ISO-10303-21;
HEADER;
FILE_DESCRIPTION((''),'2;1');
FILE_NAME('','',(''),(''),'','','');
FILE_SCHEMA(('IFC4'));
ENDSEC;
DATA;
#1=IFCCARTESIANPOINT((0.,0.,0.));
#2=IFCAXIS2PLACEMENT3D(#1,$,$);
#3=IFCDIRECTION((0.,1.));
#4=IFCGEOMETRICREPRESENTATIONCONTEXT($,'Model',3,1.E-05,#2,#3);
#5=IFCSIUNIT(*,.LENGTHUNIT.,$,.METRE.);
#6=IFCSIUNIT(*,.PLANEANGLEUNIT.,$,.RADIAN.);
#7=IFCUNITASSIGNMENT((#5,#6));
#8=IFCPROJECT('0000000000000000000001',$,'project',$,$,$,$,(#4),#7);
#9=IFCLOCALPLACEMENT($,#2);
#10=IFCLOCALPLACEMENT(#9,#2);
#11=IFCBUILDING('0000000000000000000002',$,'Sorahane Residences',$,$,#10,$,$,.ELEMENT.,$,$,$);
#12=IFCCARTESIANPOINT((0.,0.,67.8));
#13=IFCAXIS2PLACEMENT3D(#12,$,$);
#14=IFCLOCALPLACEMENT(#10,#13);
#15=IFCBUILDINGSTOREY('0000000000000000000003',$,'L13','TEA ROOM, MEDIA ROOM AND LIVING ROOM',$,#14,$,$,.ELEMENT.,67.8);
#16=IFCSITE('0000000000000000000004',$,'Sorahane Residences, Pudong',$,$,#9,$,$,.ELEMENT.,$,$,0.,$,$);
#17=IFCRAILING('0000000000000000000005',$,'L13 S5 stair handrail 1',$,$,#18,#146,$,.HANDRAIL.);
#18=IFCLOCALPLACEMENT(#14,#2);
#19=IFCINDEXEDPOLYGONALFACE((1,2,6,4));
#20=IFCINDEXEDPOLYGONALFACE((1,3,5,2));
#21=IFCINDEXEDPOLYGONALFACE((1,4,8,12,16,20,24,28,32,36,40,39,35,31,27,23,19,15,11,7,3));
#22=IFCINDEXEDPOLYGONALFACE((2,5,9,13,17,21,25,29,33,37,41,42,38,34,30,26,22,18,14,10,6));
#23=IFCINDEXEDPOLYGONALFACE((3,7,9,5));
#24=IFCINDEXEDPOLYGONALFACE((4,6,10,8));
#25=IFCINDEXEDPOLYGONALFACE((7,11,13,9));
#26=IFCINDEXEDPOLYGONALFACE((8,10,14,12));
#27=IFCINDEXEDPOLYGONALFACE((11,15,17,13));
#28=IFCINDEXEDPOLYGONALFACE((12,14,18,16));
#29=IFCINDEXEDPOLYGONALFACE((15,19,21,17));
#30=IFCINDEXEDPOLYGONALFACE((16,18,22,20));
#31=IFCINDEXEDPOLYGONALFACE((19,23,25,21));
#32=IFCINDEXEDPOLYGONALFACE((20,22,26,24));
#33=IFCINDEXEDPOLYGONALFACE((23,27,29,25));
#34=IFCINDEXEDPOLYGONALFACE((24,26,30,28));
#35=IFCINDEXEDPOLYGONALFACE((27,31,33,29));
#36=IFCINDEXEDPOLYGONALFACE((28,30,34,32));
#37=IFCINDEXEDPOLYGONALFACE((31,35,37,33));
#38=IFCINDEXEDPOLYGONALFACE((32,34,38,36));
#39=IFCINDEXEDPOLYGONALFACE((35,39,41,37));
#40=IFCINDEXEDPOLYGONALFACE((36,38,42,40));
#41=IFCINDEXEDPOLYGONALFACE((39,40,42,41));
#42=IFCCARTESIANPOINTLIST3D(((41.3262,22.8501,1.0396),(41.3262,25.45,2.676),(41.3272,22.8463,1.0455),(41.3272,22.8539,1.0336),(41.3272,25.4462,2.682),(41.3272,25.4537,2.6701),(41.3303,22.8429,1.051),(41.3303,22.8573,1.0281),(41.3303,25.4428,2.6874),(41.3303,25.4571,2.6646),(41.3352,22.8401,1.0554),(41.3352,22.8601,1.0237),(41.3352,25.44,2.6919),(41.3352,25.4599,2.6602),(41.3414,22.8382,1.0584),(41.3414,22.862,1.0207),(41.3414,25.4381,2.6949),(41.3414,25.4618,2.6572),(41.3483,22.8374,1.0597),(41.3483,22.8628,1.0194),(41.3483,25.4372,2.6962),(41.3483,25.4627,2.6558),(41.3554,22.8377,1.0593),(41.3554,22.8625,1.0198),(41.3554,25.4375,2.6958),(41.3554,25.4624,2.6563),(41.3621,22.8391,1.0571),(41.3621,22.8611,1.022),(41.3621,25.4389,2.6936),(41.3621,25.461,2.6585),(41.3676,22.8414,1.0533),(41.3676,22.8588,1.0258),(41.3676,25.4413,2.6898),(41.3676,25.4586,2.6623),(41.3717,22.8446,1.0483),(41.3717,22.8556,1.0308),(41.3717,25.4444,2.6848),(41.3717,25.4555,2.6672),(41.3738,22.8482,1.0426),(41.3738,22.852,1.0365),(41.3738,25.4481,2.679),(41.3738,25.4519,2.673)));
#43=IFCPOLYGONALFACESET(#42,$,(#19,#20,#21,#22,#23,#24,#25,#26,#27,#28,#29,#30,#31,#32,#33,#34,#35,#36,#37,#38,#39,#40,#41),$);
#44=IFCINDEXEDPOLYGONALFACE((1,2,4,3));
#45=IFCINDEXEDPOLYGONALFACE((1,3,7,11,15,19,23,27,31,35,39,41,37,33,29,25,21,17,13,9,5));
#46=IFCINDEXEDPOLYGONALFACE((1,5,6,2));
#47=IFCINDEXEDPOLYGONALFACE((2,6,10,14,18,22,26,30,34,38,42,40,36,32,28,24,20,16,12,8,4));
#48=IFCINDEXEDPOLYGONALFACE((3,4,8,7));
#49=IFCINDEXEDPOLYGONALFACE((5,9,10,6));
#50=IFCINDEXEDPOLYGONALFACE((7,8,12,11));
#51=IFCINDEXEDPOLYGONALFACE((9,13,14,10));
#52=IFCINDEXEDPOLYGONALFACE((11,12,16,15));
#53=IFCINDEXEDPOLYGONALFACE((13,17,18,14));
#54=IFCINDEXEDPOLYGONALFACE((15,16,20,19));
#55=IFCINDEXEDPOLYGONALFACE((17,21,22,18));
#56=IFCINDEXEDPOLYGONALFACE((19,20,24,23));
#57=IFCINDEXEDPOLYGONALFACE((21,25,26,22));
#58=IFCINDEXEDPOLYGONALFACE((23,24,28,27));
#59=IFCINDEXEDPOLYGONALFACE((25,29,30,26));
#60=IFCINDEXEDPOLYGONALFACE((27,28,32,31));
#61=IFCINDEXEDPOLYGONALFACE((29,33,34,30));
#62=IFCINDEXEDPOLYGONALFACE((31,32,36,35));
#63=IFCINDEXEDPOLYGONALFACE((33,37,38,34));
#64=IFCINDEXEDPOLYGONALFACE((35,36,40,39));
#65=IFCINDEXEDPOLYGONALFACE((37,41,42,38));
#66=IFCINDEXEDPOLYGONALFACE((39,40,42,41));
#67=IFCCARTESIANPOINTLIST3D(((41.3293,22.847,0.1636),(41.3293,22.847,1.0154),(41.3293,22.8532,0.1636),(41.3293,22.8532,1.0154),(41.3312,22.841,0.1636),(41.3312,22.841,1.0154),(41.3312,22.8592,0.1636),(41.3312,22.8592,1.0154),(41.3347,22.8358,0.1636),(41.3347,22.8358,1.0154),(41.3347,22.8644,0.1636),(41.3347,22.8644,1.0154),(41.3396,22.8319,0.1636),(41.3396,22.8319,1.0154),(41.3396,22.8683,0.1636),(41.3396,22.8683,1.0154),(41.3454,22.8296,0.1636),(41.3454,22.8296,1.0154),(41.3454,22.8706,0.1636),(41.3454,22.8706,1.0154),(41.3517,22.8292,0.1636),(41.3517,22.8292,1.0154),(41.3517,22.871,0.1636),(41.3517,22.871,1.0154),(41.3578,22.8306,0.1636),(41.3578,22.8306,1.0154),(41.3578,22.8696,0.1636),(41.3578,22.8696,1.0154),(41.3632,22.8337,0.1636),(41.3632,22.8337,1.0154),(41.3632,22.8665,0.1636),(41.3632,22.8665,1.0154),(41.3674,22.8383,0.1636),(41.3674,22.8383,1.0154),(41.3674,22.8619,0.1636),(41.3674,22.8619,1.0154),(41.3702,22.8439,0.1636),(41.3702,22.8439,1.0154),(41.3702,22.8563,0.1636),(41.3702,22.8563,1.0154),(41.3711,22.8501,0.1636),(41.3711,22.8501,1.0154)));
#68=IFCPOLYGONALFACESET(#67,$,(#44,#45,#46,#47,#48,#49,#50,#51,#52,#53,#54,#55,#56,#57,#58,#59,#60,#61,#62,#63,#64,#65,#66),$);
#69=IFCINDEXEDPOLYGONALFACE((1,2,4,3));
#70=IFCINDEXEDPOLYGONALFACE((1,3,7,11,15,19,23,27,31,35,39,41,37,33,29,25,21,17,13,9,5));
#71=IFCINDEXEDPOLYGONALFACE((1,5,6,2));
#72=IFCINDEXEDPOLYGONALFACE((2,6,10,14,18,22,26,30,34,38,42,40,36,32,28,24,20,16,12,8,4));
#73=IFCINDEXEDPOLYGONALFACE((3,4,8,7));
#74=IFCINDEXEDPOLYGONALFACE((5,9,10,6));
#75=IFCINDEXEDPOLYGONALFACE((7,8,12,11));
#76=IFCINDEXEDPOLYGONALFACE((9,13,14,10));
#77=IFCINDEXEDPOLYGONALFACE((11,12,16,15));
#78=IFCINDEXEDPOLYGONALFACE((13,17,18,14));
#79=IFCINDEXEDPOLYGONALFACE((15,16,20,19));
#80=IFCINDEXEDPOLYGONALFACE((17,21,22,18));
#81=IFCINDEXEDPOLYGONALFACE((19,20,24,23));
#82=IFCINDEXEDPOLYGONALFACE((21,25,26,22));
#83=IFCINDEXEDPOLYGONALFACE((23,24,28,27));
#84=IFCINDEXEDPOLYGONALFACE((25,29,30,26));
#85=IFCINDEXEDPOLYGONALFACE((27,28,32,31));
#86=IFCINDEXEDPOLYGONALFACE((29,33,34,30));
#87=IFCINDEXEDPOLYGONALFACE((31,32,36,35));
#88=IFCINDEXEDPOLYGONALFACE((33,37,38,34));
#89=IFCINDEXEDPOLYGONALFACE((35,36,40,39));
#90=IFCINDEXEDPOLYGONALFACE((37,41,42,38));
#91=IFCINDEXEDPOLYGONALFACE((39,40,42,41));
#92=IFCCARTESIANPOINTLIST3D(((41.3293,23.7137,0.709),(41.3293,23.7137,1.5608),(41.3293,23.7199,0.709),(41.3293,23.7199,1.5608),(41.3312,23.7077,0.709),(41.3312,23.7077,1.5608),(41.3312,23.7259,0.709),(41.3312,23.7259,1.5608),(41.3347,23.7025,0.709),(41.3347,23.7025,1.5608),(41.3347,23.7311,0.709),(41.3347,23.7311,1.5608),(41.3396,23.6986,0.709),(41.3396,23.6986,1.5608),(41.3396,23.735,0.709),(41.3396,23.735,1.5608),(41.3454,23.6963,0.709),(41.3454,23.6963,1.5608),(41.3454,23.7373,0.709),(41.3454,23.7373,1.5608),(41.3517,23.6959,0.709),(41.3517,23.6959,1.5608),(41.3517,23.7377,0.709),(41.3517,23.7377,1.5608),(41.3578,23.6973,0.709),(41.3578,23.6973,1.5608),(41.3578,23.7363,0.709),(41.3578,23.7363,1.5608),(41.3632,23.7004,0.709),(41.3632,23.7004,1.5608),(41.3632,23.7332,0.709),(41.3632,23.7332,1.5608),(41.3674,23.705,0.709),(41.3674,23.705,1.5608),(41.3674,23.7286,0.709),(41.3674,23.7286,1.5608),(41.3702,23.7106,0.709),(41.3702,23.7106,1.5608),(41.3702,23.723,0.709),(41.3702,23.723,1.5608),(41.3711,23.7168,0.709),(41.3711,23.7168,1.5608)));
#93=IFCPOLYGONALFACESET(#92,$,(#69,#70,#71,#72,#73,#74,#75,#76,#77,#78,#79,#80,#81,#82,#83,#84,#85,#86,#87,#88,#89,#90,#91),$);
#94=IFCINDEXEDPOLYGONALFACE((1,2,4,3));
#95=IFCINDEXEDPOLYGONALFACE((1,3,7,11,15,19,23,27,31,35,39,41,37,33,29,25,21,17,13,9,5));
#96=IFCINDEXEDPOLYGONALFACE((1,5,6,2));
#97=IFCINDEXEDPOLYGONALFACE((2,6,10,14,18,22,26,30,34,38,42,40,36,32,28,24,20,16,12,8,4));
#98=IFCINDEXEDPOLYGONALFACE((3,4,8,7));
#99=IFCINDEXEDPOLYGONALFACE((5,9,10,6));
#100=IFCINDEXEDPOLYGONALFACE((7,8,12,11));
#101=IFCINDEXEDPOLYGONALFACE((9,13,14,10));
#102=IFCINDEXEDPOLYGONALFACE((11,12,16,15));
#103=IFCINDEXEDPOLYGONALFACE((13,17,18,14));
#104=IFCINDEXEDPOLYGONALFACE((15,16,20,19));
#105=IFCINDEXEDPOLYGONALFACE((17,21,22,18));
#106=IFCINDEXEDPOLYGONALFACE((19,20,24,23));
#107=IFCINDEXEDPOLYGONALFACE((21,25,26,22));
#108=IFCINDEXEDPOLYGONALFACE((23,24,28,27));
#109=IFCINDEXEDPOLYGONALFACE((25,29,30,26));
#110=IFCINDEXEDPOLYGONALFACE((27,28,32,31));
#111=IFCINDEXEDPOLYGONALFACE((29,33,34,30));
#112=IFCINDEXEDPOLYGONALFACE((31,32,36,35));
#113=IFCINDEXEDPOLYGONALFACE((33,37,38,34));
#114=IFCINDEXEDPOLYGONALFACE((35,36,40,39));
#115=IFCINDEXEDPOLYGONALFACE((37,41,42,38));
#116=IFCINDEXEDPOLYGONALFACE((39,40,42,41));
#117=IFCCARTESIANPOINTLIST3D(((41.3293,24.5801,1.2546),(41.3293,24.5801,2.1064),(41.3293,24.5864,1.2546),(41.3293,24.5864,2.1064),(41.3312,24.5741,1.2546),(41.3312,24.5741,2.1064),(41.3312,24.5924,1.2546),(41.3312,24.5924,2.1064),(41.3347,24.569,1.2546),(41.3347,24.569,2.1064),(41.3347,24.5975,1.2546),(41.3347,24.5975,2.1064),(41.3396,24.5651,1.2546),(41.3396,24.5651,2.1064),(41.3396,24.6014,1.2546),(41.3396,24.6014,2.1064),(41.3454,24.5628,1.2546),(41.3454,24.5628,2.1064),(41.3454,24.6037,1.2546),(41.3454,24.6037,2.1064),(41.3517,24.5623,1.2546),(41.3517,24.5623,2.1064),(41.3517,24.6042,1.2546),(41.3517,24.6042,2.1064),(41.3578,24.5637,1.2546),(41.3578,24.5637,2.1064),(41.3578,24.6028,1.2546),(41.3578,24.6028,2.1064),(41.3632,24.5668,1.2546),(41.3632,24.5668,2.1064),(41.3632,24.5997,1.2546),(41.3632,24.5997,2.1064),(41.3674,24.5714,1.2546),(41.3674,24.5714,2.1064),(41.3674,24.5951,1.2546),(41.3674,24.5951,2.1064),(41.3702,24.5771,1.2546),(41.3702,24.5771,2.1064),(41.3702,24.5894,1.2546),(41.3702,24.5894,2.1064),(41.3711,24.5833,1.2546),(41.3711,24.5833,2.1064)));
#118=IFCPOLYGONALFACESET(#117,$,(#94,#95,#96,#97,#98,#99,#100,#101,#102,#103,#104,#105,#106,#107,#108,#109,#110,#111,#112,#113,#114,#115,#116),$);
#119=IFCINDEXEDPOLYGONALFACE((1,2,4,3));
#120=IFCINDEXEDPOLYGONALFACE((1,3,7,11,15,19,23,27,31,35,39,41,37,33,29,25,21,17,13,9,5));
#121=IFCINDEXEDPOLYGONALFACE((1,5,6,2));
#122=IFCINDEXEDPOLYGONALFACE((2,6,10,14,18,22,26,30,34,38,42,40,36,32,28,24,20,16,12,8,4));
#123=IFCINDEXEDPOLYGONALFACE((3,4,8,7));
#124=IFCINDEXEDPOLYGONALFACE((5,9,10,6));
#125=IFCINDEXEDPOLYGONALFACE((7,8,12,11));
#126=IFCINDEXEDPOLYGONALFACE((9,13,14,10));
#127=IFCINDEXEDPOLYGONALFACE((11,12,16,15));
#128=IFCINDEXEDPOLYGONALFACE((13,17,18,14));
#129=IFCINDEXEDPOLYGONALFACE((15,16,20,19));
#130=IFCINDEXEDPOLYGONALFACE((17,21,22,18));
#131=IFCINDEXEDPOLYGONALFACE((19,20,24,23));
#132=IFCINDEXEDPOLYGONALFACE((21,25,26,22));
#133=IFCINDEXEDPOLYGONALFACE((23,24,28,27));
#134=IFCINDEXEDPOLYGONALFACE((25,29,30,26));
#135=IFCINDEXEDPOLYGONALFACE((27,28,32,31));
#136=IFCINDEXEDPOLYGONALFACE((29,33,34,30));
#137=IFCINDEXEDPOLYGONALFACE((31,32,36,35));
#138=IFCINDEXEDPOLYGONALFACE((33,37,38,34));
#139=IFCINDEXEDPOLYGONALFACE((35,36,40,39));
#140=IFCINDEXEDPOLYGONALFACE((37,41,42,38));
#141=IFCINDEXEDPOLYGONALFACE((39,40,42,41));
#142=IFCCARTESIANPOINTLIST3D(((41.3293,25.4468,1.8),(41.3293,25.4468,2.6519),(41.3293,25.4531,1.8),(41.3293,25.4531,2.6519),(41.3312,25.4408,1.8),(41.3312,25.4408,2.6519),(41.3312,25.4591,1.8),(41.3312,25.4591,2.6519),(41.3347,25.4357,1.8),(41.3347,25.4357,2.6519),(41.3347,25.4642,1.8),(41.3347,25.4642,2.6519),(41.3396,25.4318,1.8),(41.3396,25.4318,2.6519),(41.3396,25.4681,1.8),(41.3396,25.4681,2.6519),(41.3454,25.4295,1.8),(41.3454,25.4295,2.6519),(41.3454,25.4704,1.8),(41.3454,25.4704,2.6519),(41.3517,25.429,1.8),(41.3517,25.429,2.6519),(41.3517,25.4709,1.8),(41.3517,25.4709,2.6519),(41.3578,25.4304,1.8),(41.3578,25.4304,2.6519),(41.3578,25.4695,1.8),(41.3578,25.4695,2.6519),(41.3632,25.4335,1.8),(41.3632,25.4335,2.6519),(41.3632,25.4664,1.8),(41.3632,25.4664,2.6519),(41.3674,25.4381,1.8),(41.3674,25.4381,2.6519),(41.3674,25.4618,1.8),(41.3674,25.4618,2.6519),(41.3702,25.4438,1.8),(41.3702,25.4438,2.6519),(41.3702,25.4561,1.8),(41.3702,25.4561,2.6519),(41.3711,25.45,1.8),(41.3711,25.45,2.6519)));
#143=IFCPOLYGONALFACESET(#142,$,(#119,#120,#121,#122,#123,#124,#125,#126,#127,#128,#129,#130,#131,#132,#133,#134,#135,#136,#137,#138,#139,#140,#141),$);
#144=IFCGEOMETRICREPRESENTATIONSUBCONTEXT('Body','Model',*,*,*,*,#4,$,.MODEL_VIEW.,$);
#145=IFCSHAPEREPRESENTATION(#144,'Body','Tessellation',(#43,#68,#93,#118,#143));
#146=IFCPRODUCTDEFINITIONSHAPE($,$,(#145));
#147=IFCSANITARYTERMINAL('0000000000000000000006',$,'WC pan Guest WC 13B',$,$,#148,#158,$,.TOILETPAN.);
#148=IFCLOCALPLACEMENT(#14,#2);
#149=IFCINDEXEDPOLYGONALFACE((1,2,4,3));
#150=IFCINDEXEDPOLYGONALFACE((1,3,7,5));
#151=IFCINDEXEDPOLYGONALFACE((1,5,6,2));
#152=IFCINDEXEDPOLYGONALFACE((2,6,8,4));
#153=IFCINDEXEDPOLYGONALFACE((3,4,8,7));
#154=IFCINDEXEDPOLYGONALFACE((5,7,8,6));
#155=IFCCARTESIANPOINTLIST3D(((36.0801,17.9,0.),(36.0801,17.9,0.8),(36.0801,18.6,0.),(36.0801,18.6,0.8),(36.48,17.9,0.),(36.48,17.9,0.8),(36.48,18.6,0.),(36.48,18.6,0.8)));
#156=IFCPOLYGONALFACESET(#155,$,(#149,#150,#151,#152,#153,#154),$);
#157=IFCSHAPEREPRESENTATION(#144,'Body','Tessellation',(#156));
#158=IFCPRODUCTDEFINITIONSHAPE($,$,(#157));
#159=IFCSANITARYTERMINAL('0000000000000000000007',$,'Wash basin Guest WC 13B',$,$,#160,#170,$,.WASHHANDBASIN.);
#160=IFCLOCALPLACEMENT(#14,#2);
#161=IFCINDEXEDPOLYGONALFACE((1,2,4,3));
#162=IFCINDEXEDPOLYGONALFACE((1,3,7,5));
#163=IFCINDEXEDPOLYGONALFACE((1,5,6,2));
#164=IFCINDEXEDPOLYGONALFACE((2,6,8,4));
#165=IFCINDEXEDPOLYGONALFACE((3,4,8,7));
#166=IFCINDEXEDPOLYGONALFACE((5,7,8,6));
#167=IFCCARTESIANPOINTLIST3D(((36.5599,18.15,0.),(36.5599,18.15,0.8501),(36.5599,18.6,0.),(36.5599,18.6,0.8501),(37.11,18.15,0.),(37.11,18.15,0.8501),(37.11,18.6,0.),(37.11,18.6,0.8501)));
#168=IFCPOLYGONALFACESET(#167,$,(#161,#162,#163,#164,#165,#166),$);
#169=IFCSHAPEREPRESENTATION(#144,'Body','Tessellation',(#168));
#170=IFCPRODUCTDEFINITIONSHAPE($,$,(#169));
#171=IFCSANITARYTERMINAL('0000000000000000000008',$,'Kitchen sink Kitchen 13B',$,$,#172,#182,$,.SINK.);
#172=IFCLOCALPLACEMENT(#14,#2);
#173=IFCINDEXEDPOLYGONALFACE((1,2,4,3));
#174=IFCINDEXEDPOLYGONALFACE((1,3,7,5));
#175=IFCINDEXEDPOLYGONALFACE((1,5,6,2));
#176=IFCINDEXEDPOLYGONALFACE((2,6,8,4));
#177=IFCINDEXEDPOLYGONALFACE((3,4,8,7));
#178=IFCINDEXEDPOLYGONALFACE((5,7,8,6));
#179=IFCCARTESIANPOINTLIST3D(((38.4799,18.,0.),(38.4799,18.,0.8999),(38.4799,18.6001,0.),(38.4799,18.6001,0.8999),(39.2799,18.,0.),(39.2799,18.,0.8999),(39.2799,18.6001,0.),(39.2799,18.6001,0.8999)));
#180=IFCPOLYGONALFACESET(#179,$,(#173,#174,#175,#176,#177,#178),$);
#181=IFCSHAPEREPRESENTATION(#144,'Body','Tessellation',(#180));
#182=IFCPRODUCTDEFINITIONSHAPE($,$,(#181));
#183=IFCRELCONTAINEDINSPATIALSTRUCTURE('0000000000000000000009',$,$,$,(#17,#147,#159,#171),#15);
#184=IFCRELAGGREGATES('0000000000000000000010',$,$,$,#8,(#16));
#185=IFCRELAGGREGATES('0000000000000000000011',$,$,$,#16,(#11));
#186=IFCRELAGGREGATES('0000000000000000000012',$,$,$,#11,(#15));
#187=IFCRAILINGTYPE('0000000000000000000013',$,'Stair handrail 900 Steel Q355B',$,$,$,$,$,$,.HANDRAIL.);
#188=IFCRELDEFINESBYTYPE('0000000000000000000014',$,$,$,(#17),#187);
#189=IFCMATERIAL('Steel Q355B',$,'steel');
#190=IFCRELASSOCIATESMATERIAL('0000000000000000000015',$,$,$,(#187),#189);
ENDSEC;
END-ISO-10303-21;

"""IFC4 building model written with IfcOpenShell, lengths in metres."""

from ifc_helpers import new_model, si_unit, direction, frame, origin, origin_2d, place, context, subcontext, project, spatial, rectangle, circle, extrude, material, type_object, element, save


model = new_model("IFC4")

# Units and contexts
model_context = context("Model", 3, precision=1e-05, world=origin(), true_north=direction((0.0, 1.0)))
body_context = subcontext(model_context, "Body", "Model", "MODEL_VIEW")
ifc_project = project(units=[si_unit("LENGTHUNIT", "METRE"), si_unit("PLANEANGLEUNIT", "RADIAN")], contexts=[model_context])

# Site, building, storey
site_placement = place(None, origin())
site = spatial("IfcSite", under=ifc_project, at=site_placement, Name="Sorahane Residences, Pudong", CompositionType="ELEMENT", RefElevation=0.0)
building_placement = place(site_placement, origin())
building = spatial("IfcBuilding", under=site, at=building_placement, Name="Sorahane Residences", CompositionType="ELEMENT")
storey_placement = place(building_placement, frame((0.0, 0.0, 67.8)))
storey = spatial("IfcBuildingStorey", under=building, at=storey_placement, Name="L13", Description="TEA ROOM, MEDIA ROOM AND LIVING ROOM", CompositionType="ELEMENT", Elevation=67.8)

# Railing
ifc_material_1 = material(Name="Steel Q355B", Category="steel")
railing_type_1 = type_object("IfcRailingType", Name="Stair handrail 900 Steel Q355B", PredefinedType="HANDRAIL", material=ifc_material_1)
railing_1_placement = place(storey_placement, frame((41.3501, 22.8501, 0.1636)))
element("IfcRailing", 1, at=railing_1_placement, inside=storey, type_object=railing_type_1, Name="L13 S5 stair handrail 1", PredefinedType="HANDRAIL", context=body_context, shape_type="SweptSolid", body=[
    extrude(circle(Radius=0.0239, at=origin_2d()), frame((0.0, 0.0, 0.876), z_axis=(0.0, 0.846302, 0.532704), x_axis=(-1.0, 0.0, 0.0)), (0.0, 0.0, 1.0), 3.072),
    extrude(circle(Radius=0.021, at=origin_2d()), origin(), (0.0, 0.0, 1.0), 0.8518),
    extrude(circle(Radius=0.021, at=origin_2d()), frame((0.0, 0.8667, 0.5454)), (0.0, 0.0, 1.0), 0.8518),
    extrude(circle(Radius=0.021, at=origin_2d()), frame((0.0, 1.7332, 1.0911)), (0.0, 0.0, 1.0), 0.8518),
    extrude(circle(Radius=0.021, at=origin_2d()), frame((0.0, 2.5999, 1.6365)), (0.0, 0.0, 1.0), 0.8518),
])

# Sanitary terminals
sanitary_terminal_1_placement = place(storey_placement, frame((36.28, 18.25, 0.0), z_axis=(0.0, 0.0, 1.0), x_axis=(1.0, 0.0, 0.0)))
element("IfcSanitaryTerminal", 2, at=sanitary_terminal_1_placement, inside=storey, Name="WC pan Guest WC 13B", PredefinedType="TOILETPAN", context=body_context, shape_type="SweptSolid", body=[
    extrude(rectangle(XDim=0.3999, YDim=0.7, at=origin_2d()), origin(), (0.0, 0.0, 1.0), 0.8),
])
sanitary_terminal_2_placement = place(storey_placement, frame((36.835, 18.375, 0.0), z_axis=(0.0, 0.0, 1.0), x_axis=(1.0, 0.0, 0.0)))
element("IfcSanitaryTerminal", 3, at=sanitary_terminal_2_placement, inside=storey, Name="Wash basin Guest WC 13B", PredefinedType="WASHHANDBASIN", context=body_context, shape_type="SweptSolid", body=[
    extrude(rectangle(XDim=0.55, YDim=0.45, at=origin_2d()), origin(), (0.0, 0.0, 1.0), 0.8501),
])
sanitary_terminal_3_placement = place(storey_placement, frame((38.8799, 18.3, 0.0), z_axis=(0.0, 0.0, 1.0), x_axis=(1.0, 0.0, 0.0)))
element("IfcSanitaryTerminal", 4, at=sanitary_terminal_3_placement, inside=storey, Name="Kitchen sink Kitchen 13B", PredefinedType="SINK", context=body_context, shape_type="SweptSolid", body=[
    extrude(rectangle(XDim=0.8, YDim=0.6001, at=origin_2d()), origin(), (0.0, 0.0, 1.0), 0.8999),
])

save(model, "model.ifc")
